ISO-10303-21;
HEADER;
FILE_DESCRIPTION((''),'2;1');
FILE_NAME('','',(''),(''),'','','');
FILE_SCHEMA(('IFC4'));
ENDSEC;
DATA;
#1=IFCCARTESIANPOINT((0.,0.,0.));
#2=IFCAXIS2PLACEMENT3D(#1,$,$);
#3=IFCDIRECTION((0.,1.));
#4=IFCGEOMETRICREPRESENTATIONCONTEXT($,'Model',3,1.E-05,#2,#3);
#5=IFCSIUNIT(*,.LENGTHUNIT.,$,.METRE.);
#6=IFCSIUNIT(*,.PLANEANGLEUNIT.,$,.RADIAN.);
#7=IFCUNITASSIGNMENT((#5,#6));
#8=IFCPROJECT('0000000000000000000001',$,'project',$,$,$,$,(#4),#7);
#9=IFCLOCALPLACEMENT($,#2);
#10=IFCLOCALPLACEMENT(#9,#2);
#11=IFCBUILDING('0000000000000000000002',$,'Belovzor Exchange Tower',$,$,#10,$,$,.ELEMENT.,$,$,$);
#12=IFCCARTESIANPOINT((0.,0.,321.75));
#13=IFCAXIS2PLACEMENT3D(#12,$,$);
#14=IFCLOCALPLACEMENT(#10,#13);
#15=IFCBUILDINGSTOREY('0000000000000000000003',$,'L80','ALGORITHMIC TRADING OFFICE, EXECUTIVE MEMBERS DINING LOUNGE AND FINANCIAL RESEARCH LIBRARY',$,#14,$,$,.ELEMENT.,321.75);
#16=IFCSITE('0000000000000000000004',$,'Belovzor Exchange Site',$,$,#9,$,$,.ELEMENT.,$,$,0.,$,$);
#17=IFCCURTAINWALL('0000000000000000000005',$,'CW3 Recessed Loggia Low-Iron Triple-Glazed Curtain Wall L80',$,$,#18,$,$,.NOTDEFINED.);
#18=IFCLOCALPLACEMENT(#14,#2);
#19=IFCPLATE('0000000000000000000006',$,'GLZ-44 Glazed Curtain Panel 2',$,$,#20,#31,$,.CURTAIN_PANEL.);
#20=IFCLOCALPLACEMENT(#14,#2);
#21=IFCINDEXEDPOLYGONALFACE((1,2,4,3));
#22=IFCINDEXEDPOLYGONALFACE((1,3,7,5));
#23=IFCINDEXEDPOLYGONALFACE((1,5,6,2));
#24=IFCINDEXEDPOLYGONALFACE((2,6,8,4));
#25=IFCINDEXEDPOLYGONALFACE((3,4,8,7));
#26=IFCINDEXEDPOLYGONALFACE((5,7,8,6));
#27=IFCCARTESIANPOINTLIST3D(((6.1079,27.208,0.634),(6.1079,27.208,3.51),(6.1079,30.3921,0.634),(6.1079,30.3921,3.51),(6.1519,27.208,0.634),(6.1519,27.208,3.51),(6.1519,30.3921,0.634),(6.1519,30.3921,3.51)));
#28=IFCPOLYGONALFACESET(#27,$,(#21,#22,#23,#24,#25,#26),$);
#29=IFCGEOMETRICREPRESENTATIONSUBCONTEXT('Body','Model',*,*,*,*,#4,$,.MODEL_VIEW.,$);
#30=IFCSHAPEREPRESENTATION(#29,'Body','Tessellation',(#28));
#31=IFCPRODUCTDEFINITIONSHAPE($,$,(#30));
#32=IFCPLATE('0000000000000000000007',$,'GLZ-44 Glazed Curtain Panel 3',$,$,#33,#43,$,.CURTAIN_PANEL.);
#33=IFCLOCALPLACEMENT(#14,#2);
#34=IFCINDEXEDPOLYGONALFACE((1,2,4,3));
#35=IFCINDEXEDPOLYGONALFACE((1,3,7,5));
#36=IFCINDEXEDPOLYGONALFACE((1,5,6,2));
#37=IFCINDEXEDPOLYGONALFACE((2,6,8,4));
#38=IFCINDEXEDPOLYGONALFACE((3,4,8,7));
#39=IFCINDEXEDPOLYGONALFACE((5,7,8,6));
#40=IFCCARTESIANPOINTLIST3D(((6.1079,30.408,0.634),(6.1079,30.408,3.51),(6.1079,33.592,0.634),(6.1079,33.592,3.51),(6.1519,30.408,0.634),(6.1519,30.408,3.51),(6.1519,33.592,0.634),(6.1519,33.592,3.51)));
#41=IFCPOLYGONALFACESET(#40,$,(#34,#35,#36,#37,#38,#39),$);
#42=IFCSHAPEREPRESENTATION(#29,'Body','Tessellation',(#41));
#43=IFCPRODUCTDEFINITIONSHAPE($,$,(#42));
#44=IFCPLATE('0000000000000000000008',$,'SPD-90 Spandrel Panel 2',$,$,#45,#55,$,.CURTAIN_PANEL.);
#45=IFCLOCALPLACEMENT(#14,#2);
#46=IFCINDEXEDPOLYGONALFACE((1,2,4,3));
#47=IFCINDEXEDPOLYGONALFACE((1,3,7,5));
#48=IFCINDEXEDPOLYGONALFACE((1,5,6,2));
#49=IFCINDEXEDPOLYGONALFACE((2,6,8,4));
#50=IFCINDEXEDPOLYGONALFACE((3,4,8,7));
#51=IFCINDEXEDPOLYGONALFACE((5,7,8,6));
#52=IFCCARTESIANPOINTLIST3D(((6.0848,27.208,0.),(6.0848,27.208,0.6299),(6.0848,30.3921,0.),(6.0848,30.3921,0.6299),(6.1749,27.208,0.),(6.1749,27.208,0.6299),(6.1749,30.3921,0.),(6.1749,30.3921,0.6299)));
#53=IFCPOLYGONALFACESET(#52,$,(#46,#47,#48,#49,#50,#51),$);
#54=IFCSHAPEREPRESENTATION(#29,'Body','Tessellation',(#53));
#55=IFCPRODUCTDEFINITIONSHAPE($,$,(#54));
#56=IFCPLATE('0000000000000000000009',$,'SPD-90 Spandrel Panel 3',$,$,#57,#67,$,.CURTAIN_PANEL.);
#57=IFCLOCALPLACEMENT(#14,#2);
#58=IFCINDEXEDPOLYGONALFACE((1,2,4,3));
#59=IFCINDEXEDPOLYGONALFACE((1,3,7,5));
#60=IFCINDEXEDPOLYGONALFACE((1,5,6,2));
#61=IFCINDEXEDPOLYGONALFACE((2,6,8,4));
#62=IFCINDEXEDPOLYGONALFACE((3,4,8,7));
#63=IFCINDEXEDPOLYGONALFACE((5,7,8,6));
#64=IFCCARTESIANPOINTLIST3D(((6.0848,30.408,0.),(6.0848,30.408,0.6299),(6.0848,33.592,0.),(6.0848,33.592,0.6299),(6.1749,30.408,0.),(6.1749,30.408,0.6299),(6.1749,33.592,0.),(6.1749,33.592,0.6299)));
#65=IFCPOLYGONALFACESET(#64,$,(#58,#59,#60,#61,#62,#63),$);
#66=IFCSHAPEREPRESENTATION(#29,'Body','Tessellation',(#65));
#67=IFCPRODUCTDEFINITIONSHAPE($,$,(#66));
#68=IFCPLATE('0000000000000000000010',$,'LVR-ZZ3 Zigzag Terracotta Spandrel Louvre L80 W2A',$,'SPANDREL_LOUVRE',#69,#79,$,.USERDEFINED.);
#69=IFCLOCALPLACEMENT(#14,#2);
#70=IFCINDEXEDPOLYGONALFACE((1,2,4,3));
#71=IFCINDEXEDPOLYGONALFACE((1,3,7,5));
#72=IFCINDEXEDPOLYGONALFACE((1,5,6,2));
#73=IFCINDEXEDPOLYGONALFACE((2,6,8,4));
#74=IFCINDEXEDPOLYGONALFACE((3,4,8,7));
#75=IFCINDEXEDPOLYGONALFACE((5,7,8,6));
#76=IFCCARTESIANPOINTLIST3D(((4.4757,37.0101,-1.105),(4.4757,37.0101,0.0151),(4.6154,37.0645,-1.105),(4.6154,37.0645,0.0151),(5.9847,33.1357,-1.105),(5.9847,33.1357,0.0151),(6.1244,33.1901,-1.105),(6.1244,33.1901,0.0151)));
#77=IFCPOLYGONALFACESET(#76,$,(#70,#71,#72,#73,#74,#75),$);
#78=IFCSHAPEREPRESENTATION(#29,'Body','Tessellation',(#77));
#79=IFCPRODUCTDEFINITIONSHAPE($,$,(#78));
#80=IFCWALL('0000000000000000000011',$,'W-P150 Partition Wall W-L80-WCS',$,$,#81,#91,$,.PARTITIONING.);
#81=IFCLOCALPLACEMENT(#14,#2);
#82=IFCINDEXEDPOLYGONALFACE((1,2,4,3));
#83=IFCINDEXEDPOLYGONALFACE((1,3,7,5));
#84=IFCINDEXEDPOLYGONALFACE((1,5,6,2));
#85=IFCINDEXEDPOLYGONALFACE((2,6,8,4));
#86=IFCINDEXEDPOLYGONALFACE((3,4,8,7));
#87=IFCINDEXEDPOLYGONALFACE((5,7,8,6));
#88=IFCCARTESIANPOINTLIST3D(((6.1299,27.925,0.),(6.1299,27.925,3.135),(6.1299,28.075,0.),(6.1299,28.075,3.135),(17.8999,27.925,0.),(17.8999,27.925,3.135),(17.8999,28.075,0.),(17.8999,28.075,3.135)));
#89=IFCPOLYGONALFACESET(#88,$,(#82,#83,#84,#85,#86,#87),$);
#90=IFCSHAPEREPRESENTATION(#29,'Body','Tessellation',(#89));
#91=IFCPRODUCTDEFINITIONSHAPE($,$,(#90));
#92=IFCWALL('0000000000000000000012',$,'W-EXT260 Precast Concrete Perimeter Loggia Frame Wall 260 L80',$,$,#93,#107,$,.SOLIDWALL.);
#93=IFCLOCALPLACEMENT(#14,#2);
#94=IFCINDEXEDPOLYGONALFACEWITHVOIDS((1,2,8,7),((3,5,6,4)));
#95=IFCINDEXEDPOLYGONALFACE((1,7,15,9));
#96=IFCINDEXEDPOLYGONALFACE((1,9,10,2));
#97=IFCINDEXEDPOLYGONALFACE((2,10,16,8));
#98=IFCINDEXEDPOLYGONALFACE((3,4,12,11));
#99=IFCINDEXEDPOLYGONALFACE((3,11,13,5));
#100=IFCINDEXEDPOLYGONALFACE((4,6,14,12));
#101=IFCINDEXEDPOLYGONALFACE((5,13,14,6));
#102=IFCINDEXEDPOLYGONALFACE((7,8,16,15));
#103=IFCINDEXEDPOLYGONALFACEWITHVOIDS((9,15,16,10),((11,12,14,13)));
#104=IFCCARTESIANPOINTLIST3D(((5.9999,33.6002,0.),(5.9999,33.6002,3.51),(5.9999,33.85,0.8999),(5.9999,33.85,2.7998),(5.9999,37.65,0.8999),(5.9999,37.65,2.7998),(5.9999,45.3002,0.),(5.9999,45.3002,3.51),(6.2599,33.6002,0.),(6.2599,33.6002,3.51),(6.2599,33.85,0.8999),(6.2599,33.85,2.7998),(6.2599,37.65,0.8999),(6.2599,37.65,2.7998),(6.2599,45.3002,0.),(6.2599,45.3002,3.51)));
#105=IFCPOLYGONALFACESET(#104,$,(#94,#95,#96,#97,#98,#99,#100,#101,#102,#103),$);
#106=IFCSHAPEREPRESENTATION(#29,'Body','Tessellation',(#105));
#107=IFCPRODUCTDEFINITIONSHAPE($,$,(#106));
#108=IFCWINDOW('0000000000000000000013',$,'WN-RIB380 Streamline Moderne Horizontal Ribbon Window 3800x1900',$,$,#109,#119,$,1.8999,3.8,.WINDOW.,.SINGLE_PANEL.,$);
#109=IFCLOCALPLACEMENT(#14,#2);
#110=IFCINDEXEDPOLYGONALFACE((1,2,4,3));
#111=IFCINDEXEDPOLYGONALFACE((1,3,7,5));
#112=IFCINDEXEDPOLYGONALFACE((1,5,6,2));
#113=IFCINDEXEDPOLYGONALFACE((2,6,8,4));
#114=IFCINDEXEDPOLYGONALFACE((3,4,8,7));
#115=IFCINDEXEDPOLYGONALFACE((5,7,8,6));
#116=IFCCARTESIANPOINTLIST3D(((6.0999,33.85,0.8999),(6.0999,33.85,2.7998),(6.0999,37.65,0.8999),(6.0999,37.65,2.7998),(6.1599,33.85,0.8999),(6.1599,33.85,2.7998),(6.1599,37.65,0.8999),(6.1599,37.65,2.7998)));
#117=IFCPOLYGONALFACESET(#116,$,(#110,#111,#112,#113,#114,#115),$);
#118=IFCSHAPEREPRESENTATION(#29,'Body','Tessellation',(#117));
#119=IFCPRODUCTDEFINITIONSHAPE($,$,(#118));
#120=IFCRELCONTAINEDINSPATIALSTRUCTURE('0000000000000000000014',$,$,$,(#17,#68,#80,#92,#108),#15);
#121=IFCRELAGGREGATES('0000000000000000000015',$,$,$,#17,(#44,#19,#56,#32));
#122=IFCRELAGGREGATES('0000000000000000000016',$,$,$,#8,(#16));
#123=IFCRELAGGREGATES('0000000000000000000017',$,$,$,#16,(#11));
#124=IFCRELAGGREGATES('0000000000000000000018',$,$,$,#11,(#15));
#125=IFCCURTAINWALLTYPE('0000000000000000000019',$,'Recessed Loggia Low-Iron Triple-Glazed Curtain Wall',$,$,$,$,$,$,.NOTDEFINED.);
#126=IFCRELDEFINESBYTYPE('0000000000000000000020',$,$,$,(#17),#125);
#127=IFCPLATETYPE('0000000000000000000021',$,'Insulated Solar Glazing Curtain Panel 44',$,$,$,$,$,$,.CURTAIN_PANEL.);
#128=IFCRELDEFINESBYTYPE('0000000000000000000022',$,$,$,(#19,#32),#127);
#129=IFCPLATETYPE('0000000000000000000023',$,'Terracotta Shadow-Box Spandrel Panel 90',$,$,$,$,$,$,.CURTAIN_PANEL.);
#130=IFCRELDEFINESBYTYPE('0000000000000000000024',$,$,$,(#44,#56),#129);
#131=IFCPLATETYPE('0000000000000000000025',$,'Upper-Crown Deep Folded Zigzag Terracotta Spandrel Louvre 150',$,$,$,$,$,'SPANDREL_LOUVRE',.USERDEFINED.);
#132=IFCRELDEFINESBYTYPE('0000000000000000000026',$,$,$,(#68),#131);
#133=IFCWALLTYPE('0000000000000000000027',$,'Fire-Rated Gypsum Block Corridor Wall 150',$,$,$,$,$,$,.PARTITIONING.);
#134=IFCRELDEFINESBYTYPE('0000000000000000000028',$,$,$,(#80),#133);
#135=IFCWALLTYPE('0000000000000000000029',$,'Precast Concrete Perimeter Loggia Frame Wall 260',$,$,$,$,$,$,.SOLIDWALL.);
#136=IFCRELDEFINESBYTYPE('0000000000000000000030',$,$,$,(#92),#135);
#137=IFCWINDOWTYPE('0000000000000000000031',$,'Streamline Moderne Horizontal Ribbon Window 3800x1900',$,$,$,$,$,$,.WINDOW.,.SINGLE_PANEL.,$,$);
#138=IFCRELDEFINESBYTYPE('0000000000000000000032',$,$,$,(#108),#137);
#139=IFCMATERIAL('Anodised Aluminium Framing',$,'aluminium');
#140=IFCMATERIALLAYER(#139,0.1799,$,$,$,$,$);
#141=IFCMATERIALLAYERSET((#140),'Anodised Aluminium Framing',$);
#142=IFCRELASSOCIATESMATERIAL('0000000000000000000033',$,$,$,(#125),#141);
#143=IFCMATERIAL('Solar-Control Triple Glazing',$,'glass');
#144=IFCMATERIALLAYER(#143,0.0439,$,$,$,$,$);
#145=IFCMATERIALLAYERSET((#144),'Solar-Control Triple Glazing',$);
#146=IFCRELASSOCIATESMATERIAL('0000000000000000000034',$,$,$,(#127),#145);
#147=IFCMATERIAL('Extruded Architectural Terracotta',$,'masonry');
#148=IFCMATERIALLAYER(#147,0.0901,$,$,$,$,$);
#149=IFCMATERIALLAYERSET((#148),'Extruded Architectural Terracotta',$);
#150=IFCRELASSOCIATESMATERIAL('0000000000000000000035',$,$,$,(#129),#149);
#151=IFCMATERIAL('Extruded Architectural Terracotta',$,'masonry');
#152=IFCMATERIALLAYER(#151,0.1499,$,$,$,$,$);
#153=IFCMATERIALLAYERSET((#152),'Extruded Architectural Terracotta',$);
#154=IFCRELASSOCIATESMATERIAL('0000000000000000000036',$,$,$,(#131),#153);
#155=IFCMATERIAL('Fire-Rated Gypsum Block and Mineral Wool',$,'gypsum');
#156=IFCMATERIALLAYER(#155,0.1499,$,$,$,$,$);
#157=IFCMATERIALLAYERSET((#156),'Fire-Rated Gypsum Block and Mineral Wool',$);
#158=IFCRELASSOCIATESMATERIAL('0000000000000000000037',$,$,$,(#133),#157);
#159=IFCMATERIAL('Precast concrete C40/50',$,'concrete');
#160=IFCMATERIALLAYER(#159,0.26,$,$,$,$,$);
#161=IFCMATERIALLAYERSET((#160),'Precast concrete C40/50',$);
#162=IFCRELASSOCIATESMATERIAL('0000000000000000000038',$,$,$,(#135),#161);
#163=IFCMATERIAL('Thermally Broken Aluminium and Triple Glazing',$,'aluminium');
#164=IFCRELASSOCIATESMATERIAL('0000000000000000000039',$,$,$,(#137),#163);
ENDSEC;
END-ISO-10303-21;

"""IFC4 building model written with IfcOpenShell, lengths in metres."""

from ifc_helpers import new_model, si_unit, direction, frame, frame_2d, origin, origin_2d, place, context, subcontext, project, spatial, rectangle, extrude, material, layer, layer_set, type_object, element, fill, aggregate, save


model = new_model("IFC4")

# Units and contexts
model_context = context("Model", 3, precision=1e-05, world=origin(), true_north=direction((0.0, 1.0)))
body_context = subcontext(model_context, "Body", "Model", "MODEL_VIEW")
ifc_project = project(units=[si_unit("LENGTHUNIT", "METRE"), si_unit("PLANEANGLEUNIT", "RADIAN")], contexts=[model_context])

# Site, building, storey
site_placement = place(None, origin())
site = spatial("IfcSite", under=ifc_project, at=site_placement, Name="Belovzor Exchange Site", CompositionType="ELEMENT", RefElevation=0.0)
building_placement = place(site_placement, origin())
building = spatial("IfcBuilding", under=site, at=building_placement, Name="Belovzor Exchange Tower", CompositionType="ELEMENT")
storey_placement = place(building_placement, frame((0.0, 0.0, 321.75)))
storey = spatial("IfcBuildingStorey", under=building, at=storey_placement, Name="L80", Description="ALGORITHMIC TRADING OFFICE, EXECUTIVE MEMBERS DINING LOUNGE AND FINANCIAL RESEARCH LIBRARY", CompositionType="ELEMENT", Elevation=321.75)

# Curtain wall
ifc_material_1 = material(Name="Anodised Aluminium Framing", Category="aluminium")
ifc_layer_1 = layer(ifc_material_1, 0.1799)
ifc_layer_set_1 = layer_set([ifc_layer_1], Name="Anodised Aluminium Framing")
curtain_wall_type = type_object("IfcCurtainWallType", Name="Recessed Loggia Low-Iron Triple-Glazed Curtain Wall", PredefinedType="NOTDEFINED", material=ifc_layer_set_1)
curtain_wall_placement = place(storey_placement, origin())
curtain_wall = element("IfcCurtainWall", 1, at=curtain_wall_placement, inside=storey, type_object=curtain_wall_type, Name="CW3 Recessed Loggia Low-Iron Triple-Glazed Curtain Wall L80", PredefinedType="NOTDEFINED")

# Plates
ifc_material_2 = material(Name="Solar-Control Triple Glazing", Category="glass")
ifc_layer_2 = layer(ifc_material_2, 0.0439)
ifc_layer_set_2 = layer_set([ifc_layer_2], Name="Solar-Control Triple Glazing")
plate_type_1 = type_object("IfcPlateType", Name="Insulated Solar Glazing Curtain Panel 44", PredefinedType="CURTAIN_PANEL", material=ifc_layer_set_2)
plate_1_placement = place(storey_placement, frame((6.1299, 28.8, 0.634), z_axis=(0.0, 0.0, 1.0), x_axis=(0.0, 1.0, 0.0)))
plate_1 = element("IfcPlate", 2, at=plate_1_placement, type_object=plate_type_1, Name="GLZ-44 Glazed Curtain Panel 2", PredefinedType="CURTAIN_PANEL", context=body_context, shape_type="SweptSolid", body=[
    extrude(rectangle(XDim=3.1841, YDim=0.0439, at=origin_2d()), origin(), (0.0, 0.0, 1.0), 2.876),
])
plate_2_placement = place(storey_placement, frame((6.1299, 32.0, 0.634), z_axis=(0.0, 0.0, 1.0), x_axis=(0.0, 1.0, 0.0)))
plate_2 = element("IfcPlate", 3, at=plate_2_placement, type_object=plate_type_1, Name="GLZ-44 Glazed Curtain Panel 3", PredefinedType="CURTAIN_PANEL", context=body_context, shape_type="SweptSolid", body=[
    extrude(rectangle(XDim=3.1841, YDim=0.0439, at=origin_2d()), origin(), (0.0, 0.0, 1.0), 2.876),
])
ifc_material_3 = material(Name="Extruded Architectural Terracotta", Category="masonry")
ifc_layer_3 = layer(ifc_material_3, 0.0901)
ifc_layer_set_3 = layer_set([ifc_layer_3], Name="Extruded Architectural Terracotta")
plate_type_2 = type_object("IfcPlateType", Name="Terracotta Shadow-Box Spandrel Panel 90", PredefinedType="CURTAIN_PANEL", material=ifc_layer_set_3)
plate_3_placement = place(storey_placement, frame((6.1299, 28.8, 0.0), z_axis=(0.0, 0.0, 1.0), x_axis=(0.0, 1.0, 0.0)))
plate_3 = element("IfcPlate", 4, at=plate_3_placement, type_object=plate_type_2, Name="SPD-90 Spandrel Panel 2", PredefinedType="CURTAIN_PANEL", context=body_context, shape_type="SweptSolid", body=[
    extrude(rectangle(XDim=3.1841, YDim=0.0901, at=origin_2d()), origin(), (0.0, 0.0, 1.0), 0.6299),
])
plate_4_placement = place(storey_placement, frame((6.1299, 32.0, 0.0), z_axis=(0.0, 0.0, 1.0), x_axis=(0.0, 1.0, 0.0)))
plate_4 = element("IfcPlate", 5, at=plate_4_placement, type_object=plate_type_2, Name="SPD-90 Spandrel Panel 3", PredefinedType="CURTAIN_PANEL", context=body_context, shape_type="SweptSolid", body=[
    extrude(rectangle(XDim=3.1841, YDim=0.0901, at=origin_2d()), origin(), (0.0, 0.0, 1.0), 0.6299),
])
aggregate(curtain_wall, [plate_3, plate_1, plate_4, plate_2])
ifc_material_4 = material(Name="Extruded Architectural Terracotta", Category="masonry")
ifc_layer_4 = layer(ifc_material_4, 0.1499)
ifc_layer_set_4 = layer_set([ifc_layer_4], Name="Extruded Architectural Terracotta")
plate_type_3 = type_object("IfcPlateType", Name="Upper-Crown Deep Folded Zigzag Terracotta Spandrel Louvre 150", ElementType="SPANDREL_LOUVRE", PredefinedType="USERDEFINED", material=ifc_layer_set_4)
plate_5_placement = place(storey_placement, frame((5.3, 35.1001, -1.105), z_axis=(0.0, 0.0, 1.0), x_axis=(-0.362926, 0.931818, 0.0)))
element("IfcPlate", 6, at=plate_5_placement, inside=storey, type_object=plate_type_3, Name="LVR-ZZ3 Zigzag Terracotta Spandrel Louvre L80 W2A", ObjectType="SPANDREL_LOUVRE", PredefinedType="USERDEFINED", context=body_context, shape_type="SweptSolid", body=[
    extrude(rectangle(XDim=4.158, YDim=0.1499, at=origin_2d()), origin(), (0.0, 0.0, 1.0), 1.1201),
])

# Wall
ifc_material_5 = material(Name="Fire-Rated Gypsum Block and Mineral Wool", Category="gypsum")
ifc_layer_5 = layer(ifc_material_5, 0.1499)
ifc_layer_set_5 = layer_set([ifc_layer_5], Name="Fire-Rated Gypsum Block and Mineral Wool")
wall_type_1 = type_object("IfcWallType", Name="Fire-Rated Gypsum Block Corridor Wall 150", PredefinedType="PARTITIONING", material=ifc_layer_set_5)
wall_1_placement = place(storey_placement, frame((6.1299, 28.0, 0.0), z_axis=(0.0, 0.0, 1.0), x_axis=(1.0, 0.0, 0.0)))
element("IfcWall", 7, at=wall_1_placement, inside=storey, type_object=wall_type_1, Name="W-P150 Partition Wall W-L80-WCS", PredefinedType="PARTITIONING", context=body_context, shape_type="SweptSolid", body=[
    extrude(rectangle(XDim=11.77, YDim=0.1499, at=frame_2d((5.885, 0.0))), origin(), (0.0, 0.0, 1.0), 3.135),
])

# Wall, opening, window
ifc_material_6 = material(Name="Precast concrete C40/50", Category="concrete")
ifc_layer_6 = layer(ifc_material_6, 0.26)
ifc_layer_set_6 = layer_set([ifc_layer_6], Name="Precast concrete C40/50")
wall_type_2 = type_object("IfcWallType", Name="Precast Concrete Perimeter Loggia Frame Wall 260", PredefinedType="SOLIDWALL", material=ifc_layer_set_6)
wall_2_placement = place(storey_placement, frame((6.1299, 33.6001, 0.0), z_axis=(0.0, 0.0, 1.0), x_axis=(0.0, 1.0, 0.0)))
wall_2 = element("IfcWall", 8, at=wall_2_placement, inside=storey, type_object=wall_type_2, Name="W-EXT260 Precast Concrete Perimeter Loggia Frame Wall 260 L80", PredefinedType="SOLIDWALL", context=body_context, shape_type="SweptSolid", body=[
    extrude(rectangle(XDim=11.7, YDim=0.26, at=frame_2d((5.8501, 0.0))), origin(), (0.0, 0.0, 1.0), 3.51),
])
opening_placement = place(wall_2_placement, frame((0.25, 0.0, 0.8999)))
opening = element("IfcOpeningElement", 9, at=opening_placement, cuts=wall_2, PredefinedType="OPENING", context=body_context, shape_type="SweptSolid", body=[
    extrude(rectangle(XDim=3.8, YDim=1.8999, at=frame_2d((1.8999, 0.95))), frame((0.0, 0.1399, 0.0), z_axis=(0.0, -1.0, 0.0), x_axis=(1.0, 0.0, 0.0)), (0.0, 0.0, 1.0), 0.28),
])
ifc_material_7 = material(Name="Thermally Broken Aluminium and Triple Glazing", Category="aluminium")
window_type = type_object("IfcWindowType", Name="Streamline Moderne Horizontal Ribbon Window 3800x1900", PartitioningType="SINGLE_PANEL", PredefinedType="WINDOW", material=ifc_material_7)
window_placement = place(opening_placement, origin())
window = element("IfcWindow", 10, at=window_placement, inside=storey, type_object=window_type, Name="WN-RIB380 Streamline Moderne Horizontal Ribbon Window 3800x1900", OverallHeight=1.8999, OverallWidth=3.8, PartitioningType="SINGLE_PANEL", PredefinedType="WINDOW", context=body_context, shape_type="SweptSolid", body=[
    extrude(rectangle(XDim=3.8, YDim=1.8999, at=frame_2d((1.8999, 0.95))), frame((0.0, 0.03, 0.0), z_axis=(0.0, -1.0, 0.0), x_axis=(1.0, 0.0, 0.0)), (0.0, 0.0, 1.0), 0.0601),
])
fill(opening, window)

save(model, "model.ifc")
